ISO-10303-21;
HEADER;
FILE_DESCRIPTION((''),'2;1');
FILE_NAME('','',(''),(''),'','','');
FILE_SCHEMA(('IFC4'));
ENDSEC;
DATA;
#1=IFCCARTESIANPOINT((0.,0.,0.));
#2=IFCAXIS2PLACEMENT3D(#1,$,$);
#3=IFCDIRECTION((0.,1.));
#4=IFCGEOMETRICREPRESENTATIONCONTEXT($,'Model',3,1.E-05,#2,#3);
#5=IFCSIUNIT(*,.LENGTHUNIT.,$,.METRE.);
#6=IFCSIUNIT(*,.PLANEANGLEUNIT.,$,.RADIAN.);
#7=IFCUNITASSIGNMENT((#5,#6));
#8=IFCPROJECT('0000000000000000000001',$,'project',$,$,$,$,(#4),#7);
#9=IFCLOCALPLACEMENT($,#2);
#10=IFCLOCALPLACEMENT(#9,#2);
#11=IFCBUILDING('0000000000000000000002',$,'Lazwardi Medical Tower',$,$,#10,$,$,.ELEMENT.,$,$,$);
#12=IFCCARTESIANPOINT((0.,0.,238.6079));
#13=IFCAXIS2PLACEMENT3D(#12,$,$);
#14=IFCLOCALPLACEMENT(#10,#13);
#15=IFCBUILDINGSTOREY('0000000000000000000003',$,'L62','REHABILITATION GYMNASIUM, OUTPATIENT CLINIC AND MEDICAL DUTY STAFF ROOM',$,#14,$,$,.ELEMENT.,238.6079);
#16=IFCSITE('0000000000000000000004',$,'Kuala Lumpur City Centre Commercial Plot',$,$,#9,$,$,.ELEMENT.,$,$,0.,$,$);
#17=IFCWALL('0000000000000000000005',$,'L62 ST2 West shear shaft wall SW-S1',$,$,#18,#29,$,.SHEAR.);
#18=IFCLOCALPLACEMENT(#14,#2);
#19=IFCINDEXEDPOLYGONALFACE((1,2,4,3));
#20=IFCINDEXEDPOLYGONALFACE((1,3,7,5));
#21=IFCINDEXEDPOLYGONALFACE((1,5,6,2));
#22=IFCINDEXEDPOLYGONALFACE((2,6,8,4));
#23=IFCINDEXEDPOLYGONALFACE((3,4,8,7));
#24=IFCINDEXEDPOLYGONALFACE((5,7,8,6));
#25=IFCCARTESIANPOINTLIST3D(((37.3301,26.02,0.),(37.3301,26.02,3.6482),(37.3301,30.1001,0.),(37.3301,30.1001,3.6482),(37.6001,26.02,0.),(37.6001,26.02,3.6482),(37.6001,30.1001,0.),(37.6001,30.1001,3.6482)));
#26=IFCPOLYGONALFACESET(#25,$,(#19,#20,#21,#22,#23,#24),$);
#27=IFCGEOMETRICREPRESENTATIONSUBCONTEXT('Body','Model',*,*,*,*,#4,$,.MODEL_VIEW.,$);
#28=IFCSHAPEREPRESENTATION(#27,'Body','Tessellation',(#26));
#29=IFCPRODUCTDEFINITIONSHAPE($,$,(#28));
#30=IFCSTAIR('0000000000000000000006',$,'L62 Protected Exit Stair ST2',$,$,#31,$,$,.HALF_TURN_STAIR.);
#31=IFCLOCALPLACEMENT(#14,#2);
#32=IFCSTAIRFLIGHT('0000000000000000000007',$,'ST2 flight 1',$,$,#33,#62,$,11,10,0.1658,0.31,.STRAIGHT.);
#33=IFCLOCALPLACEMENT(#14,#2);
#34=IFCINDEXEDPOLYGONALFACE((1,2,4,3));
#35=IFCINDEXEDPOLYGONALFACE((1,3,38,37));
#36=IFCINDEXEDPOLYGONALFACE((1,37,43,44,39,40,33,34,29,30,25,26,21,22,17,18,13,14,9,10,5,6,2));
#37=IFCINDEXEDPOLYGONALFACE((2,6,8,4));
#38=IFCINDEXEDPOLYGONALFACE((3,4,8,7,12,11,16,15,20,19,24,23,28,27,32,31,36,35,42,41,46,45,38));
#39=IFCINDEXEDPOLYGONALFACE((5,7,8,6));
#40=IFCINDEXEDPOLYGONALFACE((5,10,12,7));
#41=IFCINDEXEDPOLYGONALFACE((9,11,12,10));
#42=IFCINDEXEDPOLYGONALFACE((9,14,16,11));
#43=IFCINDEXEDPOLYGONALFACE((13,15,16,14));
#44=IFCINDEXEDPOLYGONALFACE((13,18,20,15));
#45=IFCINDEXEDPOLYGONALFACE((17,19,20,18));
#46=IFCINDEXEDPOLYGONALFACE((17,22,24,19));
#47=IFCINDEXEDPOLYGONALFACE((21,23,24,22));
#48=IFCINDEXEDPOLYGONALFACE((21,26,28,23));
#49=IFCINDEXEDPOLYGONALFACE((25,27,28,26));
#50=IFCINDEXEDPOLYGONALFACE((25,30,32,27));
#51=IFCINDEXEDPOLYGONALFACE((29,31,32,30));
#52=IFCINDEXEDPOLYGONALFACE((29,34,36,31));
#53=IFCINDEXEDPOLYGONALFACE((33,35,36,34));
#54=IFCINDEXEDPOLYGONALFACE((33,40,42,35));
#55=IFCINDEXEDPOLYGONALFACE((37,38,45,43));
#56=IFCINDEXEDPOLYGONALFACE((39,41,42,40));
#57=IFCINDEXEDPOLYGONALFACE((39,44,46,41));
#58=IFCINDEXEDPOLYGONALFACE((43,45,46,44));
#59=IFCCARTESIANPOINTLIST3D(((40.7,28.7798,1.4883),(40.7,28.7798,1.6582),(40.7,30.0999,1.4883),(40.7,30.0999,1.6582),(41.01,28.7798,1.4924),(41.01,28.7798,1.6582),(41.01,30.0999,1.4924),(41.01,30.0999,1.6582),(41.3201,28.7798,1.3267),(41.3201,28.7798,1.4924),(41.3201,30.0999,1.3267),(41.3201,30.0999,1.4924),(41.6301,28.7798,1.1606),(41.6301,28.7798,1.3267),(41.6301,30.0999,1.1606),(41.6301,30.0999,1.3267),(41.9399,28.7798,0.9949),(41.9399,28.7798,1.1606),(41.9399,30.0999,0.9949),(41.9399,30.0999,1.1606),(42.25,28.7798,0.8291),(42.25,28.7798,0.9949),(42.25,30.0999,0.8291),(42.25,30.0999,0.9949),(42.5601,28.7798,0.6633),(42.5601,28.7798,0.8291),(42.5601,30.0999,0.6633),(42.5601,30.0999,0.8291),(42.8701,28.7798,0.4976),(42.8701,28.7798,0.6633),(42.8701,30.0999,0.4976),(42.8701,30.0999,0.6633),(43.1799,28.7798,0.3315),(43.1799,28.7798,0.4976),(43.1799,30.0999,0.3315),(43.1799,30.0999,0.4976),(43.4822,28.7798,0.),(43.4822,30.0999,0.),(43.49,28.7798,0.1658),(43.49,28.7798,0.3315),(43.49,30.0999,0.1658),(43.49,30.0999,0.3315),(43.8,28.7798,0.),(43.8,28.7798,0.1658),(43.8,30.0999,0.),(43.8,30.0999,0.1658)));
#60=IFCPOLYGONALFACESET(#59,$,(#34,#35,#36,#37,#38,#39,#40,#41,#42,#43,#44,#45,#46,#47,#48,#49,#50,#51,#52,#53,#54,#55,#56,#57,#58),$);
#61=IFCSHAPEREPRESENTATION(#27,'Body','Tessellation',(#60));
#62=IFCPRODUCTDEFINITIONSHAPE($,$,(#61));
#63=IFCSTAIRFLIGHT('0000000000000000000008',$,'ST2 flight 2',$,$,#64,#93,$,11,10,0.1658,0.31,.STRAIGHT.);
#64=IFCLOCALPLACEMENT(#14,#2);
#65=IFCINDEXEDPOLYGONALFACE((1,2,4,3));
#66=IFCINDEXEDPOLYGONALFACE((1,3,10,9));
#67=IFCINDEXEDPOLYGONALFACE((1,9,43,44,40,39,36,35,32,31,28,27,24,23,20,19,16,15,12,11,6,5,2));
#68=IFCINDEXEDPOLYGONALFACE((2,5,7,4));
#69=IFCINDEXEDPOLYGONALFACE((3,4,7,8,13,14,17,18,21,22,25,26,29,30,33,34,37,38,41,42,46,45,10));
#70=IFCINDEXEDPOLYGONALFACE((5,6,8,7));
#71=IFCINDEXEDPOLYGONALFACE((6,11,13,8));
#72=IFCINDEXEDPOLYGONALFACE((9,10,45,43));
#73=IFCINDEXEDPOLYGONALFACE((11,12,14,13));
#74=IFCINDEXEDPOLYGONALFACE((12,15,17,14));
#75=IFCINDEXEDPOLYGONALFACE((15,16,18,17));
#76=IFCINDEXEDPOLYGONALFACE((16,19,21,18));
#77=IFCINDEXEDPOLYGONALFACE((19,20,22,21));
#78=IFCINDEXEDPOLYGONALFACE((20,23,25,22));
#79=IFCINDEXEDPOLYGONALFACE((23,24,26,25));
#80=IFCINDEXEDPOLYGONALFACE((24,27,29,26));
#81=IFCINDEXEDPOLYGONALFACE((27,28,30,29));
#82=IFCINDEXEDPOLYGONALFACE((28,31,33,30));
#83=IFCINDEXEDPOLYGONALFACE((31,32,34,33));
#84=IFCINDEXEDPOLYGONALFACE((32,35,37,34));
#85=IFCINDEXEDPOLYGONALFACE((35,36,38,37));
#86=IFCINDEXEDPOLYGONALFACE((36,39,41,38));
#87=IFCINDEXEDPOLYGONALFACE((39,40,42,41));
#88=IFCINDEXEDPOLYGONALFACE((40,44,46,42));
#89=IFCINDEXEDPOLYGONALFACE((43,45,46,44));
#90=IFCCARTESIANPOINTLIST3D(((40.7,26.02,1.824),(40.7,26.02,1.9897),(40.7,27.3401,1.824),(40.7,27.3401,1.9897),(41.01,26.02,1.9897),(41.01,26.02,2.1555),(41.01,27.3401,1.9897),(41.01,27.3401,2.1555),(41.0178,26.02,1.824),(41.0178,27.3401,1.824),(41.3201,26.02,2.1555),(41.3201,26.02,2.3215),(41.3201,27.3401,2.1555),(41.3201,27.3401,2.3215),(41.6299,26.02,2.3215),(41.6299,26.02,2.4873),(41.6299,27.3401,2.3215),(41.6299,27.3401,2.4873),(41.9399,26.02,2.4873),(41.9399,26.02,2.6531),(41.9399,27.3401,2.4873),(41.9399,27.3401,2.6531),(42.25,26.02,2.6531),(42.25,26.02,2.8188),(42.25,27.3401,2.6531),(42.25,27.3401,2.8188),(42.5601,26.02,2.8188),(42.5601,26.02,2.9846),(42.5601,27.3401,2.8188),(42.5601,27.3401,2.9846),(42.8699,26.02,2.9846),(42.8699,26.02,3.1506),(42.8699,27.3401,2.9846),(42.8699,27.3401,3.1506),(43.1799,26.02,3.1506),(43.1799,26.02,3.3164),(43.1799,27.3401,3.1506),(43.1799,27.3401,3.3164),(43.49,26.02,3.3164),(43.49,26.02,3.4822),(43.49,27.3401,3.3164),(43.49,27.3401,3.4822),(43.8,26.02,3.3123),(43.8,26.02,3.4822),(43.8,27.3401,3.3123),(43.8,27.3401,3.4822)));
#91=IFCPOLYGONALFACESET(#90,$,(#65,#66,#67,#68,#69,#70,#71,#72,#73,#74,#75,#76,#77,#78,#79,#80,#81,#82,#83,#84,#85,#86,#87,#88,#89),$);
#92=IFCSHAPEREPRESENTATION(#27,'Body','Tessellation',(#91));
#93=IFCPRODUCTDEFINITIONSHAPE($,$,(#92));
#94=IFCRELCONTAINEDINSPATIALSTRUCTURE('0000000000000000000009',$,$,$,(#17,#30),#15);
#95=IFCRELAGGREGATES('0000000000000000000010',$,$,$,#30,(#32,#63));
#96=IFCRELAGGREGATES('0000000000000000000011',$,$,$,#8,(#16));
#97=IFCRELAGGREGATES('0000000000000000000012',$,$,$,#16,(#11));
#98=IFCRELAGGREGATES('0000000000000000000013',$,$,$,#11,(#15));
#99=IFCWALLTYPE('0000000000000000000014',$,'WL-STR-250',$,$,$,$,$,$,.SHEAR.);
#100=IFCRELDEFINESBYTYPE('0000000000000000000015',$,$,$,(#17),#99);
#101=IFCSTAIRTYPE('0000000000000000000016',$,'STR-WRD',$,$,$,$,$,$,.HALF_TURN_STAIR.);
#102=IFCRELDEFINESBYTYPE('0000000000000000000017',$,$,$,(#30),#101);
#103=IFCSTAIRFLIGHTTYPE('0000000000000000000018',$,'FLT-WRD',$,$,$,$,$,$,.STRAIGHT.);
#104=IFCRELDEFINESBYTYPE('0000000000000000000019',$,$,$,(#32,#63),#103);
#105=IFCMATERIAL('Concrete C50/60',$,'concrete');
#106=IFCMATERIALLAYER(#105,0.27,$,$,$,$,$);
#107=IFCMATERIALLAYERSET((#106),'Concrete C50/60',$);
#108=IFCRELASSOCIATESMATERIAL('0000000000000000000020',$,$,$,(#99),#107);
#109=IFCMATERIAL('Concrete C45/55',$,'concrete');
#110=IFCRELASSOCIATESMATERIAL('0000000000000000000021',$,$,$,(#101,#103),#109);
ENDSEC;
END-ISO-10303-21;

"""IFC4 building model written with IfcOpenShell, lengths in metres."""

from ifc_helpers import new_model, si_unit, direction, frame, frame_2d, origin, place, context, subcontext, project, spatial, polyline, rectangle, outline, extrude, material, layer, layer_set, type_object, element, aggregate, save


model = new_model("IFC4")

# Units and contexts
model_context = context("Model", 3, precision=1e-05, world=origin(), true_north=direction((0.0, 1.0)))
body_context = subcontext(model_context, "Body", "Model", "MODEL_VIEW")
ifc_project = project(units=[si_unit("LENGTHUNIT", "METRE"), si_unit("PLANEANGLEUNIT", "RADIAN")], contexts=[model_context])

# Site, building, storey
site_placement = place(None, origin())
site = spatial("IfcSite", under=ifc_project, at=site_placement, Name="Kuala Lumpur City Centre Commercial Plot", CompositionType="ELEMENT", RefElevation=0.0)
building_placement = place(site_placement, origin())
building = spatial("IfcBuilding", under=site, at=building_placement, Name="Lazwardi Medical Tower", CompositionType="ELEMENT")
storey_placement = place(building_placement, frame((0.0, 0.0, 238.6079)))
storey = spatial("IfcBuildingStorey", under=building, at=storey_placement, Name="L62", Description="REHABILITATION GYMNASIUM, OUTPATIENT CLINIC AND MEDICAL DUTY STAFF ROOM", CompositionType="ELEMENT", Elevation=238.6079)

# Wall
ifc_material_1 = material(Name="Concrete C50/60", Category="concrete")
ifc_layer_1 = layer(ifc_material_1, 0.27)
ifc_layer_set_1 = layer_set([ifc_layer_1], Name="Concrete C50/60")
wall_type_1 = type_object("IfcWallType", Name="WL-STR-250", PredefinedType="SHEAR", material=ifc_layer_set_1)
for number, where, z_axis, x_axis, name in (
    (1, (37.4651, 26.02, 0.0), (0.0, 0.0, 1.0), (0.0, 1.0, 0.0), "L62 ST2 West shear shaft wall SW-S1"),
):
    element("IfcWall", number, at=place(storey_placement, frame(where, z_axis=z_axis, x_axis=x_axis)), inside=storey, type_object=wall_type_1, Name=name, PredefinedType="SHEAR", context=body_context, shape_type="SweptSolid", body=[
        extrude(rectangle(XDim=4.0801, YDim=0.27, at=frame_2d((2.04, 0.0))), origin(), (0.0, 0.0, 1.0), 3.6482),
    ])

# Stair, stair flights
ifc_material_2 = material(Name="Concrete C45/55", Category="concrete")
stair_type = type_object("IfcStairType", Name="STR-WRD", PredefinedType="HALF_TURN_STAIR", material=ifc_material_2)
stair_placement = place(storey_placement, origin())
stair = element("IfcStair", 2, at=stair_placement, inside=storey, type_object=stair_type, Name="L62 Protected Exit Stair ST2", PredefinedType="HALF_TURN_STAIR")
stair_flight_type = type_object("IfcStairFlightType", Name="FLT-WRD", PredefinedType="STRAIGHT", material=ifc_material_2)
stair_flight_1_placement = place(storey_placement, frame((43.8, 29.4399, 0.0), z_axis=(0.0, 0.0, 1.0), x_axis=(-1.0, 0.0, 0.0)))
stair_flight_1 = element("IfcStairFlight", 3, at=stair_flight_1_placement, type_object=stair_flight_type, Name="ST2 flight 1", NumberOfRisers=11, NumberOfTreads=10, PredefinedType="STRAIGHT", RiserHeight=0.1658, TreadLength=0.31, context=body_context, shape_type="SweptSolid", body=[
    extrude(outline(polyline([(0.0, 0.0), (0.0, 0.1658), (0.3101, 0.1658), (0.3101, 0.3315), (0.6201, 0.3315), (0.6201, 0.4976), (0.9299, 0.4976), (0.9299, 0.6633), (1.24, 0.6633), (1.24, 0.8291), (1.55, 0.8291), (1.55, 0.9949), (1.8601, 0.9949), (1.8601, 1.1606), (2.1699, 1.1606), (2.1699, 1.3267), (2.48, 1.3267), (2.48, 1.4924), (2.79, 1.4924), (2.79, 1.6582), (3.1001, 1.6582), (3.1001, 1.824), (3.1001, 1.4883), (0.3179, 0.0), (0.0, 0.0)])), frame((0.0, 0.6602, 0.0), z_axis=(0.0, -1.0, 0.0), x_axis=(1.0, 0.0, 0.0)), (0.0, 0.0, 1.0), 1.3201),
])
stair_flight_2_placement = place(storey_placement, frame((40.7, 26.6799, 1.824), z_axis=(0.0, 0.0, 1.0), x_axis=(1.0, 0.0, 0.0)))
stair_flight_2 = element("IfcStairFlight", 4, at=stair_flight_2_placement, type_object=stair_flight_type, Name="ST2 flight 2", NumberOfRisers=11, NumberOfTreads=10, PredefinedType="STRAIGHT", RiserHeight=0.1658, TreadLength=0.31, context=body_context, shape_type="SweptSolid", body=[
    extrude(outline(polyline([(0.0, 0.0), (0.0, 0.1658), (0.3101, 0.1658), (0.3101, 0.3315), (0.6201, 0.3315), (0.6201, 0.4976), (0.9299, 0.4976), (0.9299, 0.6633), (1.24, 0.6633), (1.24, 0.8291), (1.55, 0.8291), (1.55, 0.9949), (1.8601, 0.9949), (1.8601, 1.1606), (2.1699, 1.1606), (2.1699, 1.3267), (2.48, 1.3267), (2.48, 1.4924), (2.79, 1.4924), (2.79, 1.6582), (3.1001, 1.6582), (3.1001, 1.824), (3.1001, 1.4883), (0.3179, 0.0), (0.0, 0.0)])), frame((0.0, 0.6602, 0.0), z_axis=(0.0, -1.0, 0.0), x_axis=(1.0, 0.0, 0.0)), (0.0, 0.0, 1.0), 1.3201),
])
aggregate(stair, [stair_flight_1, stair_flight_2])

save(model, "model.ifc")
